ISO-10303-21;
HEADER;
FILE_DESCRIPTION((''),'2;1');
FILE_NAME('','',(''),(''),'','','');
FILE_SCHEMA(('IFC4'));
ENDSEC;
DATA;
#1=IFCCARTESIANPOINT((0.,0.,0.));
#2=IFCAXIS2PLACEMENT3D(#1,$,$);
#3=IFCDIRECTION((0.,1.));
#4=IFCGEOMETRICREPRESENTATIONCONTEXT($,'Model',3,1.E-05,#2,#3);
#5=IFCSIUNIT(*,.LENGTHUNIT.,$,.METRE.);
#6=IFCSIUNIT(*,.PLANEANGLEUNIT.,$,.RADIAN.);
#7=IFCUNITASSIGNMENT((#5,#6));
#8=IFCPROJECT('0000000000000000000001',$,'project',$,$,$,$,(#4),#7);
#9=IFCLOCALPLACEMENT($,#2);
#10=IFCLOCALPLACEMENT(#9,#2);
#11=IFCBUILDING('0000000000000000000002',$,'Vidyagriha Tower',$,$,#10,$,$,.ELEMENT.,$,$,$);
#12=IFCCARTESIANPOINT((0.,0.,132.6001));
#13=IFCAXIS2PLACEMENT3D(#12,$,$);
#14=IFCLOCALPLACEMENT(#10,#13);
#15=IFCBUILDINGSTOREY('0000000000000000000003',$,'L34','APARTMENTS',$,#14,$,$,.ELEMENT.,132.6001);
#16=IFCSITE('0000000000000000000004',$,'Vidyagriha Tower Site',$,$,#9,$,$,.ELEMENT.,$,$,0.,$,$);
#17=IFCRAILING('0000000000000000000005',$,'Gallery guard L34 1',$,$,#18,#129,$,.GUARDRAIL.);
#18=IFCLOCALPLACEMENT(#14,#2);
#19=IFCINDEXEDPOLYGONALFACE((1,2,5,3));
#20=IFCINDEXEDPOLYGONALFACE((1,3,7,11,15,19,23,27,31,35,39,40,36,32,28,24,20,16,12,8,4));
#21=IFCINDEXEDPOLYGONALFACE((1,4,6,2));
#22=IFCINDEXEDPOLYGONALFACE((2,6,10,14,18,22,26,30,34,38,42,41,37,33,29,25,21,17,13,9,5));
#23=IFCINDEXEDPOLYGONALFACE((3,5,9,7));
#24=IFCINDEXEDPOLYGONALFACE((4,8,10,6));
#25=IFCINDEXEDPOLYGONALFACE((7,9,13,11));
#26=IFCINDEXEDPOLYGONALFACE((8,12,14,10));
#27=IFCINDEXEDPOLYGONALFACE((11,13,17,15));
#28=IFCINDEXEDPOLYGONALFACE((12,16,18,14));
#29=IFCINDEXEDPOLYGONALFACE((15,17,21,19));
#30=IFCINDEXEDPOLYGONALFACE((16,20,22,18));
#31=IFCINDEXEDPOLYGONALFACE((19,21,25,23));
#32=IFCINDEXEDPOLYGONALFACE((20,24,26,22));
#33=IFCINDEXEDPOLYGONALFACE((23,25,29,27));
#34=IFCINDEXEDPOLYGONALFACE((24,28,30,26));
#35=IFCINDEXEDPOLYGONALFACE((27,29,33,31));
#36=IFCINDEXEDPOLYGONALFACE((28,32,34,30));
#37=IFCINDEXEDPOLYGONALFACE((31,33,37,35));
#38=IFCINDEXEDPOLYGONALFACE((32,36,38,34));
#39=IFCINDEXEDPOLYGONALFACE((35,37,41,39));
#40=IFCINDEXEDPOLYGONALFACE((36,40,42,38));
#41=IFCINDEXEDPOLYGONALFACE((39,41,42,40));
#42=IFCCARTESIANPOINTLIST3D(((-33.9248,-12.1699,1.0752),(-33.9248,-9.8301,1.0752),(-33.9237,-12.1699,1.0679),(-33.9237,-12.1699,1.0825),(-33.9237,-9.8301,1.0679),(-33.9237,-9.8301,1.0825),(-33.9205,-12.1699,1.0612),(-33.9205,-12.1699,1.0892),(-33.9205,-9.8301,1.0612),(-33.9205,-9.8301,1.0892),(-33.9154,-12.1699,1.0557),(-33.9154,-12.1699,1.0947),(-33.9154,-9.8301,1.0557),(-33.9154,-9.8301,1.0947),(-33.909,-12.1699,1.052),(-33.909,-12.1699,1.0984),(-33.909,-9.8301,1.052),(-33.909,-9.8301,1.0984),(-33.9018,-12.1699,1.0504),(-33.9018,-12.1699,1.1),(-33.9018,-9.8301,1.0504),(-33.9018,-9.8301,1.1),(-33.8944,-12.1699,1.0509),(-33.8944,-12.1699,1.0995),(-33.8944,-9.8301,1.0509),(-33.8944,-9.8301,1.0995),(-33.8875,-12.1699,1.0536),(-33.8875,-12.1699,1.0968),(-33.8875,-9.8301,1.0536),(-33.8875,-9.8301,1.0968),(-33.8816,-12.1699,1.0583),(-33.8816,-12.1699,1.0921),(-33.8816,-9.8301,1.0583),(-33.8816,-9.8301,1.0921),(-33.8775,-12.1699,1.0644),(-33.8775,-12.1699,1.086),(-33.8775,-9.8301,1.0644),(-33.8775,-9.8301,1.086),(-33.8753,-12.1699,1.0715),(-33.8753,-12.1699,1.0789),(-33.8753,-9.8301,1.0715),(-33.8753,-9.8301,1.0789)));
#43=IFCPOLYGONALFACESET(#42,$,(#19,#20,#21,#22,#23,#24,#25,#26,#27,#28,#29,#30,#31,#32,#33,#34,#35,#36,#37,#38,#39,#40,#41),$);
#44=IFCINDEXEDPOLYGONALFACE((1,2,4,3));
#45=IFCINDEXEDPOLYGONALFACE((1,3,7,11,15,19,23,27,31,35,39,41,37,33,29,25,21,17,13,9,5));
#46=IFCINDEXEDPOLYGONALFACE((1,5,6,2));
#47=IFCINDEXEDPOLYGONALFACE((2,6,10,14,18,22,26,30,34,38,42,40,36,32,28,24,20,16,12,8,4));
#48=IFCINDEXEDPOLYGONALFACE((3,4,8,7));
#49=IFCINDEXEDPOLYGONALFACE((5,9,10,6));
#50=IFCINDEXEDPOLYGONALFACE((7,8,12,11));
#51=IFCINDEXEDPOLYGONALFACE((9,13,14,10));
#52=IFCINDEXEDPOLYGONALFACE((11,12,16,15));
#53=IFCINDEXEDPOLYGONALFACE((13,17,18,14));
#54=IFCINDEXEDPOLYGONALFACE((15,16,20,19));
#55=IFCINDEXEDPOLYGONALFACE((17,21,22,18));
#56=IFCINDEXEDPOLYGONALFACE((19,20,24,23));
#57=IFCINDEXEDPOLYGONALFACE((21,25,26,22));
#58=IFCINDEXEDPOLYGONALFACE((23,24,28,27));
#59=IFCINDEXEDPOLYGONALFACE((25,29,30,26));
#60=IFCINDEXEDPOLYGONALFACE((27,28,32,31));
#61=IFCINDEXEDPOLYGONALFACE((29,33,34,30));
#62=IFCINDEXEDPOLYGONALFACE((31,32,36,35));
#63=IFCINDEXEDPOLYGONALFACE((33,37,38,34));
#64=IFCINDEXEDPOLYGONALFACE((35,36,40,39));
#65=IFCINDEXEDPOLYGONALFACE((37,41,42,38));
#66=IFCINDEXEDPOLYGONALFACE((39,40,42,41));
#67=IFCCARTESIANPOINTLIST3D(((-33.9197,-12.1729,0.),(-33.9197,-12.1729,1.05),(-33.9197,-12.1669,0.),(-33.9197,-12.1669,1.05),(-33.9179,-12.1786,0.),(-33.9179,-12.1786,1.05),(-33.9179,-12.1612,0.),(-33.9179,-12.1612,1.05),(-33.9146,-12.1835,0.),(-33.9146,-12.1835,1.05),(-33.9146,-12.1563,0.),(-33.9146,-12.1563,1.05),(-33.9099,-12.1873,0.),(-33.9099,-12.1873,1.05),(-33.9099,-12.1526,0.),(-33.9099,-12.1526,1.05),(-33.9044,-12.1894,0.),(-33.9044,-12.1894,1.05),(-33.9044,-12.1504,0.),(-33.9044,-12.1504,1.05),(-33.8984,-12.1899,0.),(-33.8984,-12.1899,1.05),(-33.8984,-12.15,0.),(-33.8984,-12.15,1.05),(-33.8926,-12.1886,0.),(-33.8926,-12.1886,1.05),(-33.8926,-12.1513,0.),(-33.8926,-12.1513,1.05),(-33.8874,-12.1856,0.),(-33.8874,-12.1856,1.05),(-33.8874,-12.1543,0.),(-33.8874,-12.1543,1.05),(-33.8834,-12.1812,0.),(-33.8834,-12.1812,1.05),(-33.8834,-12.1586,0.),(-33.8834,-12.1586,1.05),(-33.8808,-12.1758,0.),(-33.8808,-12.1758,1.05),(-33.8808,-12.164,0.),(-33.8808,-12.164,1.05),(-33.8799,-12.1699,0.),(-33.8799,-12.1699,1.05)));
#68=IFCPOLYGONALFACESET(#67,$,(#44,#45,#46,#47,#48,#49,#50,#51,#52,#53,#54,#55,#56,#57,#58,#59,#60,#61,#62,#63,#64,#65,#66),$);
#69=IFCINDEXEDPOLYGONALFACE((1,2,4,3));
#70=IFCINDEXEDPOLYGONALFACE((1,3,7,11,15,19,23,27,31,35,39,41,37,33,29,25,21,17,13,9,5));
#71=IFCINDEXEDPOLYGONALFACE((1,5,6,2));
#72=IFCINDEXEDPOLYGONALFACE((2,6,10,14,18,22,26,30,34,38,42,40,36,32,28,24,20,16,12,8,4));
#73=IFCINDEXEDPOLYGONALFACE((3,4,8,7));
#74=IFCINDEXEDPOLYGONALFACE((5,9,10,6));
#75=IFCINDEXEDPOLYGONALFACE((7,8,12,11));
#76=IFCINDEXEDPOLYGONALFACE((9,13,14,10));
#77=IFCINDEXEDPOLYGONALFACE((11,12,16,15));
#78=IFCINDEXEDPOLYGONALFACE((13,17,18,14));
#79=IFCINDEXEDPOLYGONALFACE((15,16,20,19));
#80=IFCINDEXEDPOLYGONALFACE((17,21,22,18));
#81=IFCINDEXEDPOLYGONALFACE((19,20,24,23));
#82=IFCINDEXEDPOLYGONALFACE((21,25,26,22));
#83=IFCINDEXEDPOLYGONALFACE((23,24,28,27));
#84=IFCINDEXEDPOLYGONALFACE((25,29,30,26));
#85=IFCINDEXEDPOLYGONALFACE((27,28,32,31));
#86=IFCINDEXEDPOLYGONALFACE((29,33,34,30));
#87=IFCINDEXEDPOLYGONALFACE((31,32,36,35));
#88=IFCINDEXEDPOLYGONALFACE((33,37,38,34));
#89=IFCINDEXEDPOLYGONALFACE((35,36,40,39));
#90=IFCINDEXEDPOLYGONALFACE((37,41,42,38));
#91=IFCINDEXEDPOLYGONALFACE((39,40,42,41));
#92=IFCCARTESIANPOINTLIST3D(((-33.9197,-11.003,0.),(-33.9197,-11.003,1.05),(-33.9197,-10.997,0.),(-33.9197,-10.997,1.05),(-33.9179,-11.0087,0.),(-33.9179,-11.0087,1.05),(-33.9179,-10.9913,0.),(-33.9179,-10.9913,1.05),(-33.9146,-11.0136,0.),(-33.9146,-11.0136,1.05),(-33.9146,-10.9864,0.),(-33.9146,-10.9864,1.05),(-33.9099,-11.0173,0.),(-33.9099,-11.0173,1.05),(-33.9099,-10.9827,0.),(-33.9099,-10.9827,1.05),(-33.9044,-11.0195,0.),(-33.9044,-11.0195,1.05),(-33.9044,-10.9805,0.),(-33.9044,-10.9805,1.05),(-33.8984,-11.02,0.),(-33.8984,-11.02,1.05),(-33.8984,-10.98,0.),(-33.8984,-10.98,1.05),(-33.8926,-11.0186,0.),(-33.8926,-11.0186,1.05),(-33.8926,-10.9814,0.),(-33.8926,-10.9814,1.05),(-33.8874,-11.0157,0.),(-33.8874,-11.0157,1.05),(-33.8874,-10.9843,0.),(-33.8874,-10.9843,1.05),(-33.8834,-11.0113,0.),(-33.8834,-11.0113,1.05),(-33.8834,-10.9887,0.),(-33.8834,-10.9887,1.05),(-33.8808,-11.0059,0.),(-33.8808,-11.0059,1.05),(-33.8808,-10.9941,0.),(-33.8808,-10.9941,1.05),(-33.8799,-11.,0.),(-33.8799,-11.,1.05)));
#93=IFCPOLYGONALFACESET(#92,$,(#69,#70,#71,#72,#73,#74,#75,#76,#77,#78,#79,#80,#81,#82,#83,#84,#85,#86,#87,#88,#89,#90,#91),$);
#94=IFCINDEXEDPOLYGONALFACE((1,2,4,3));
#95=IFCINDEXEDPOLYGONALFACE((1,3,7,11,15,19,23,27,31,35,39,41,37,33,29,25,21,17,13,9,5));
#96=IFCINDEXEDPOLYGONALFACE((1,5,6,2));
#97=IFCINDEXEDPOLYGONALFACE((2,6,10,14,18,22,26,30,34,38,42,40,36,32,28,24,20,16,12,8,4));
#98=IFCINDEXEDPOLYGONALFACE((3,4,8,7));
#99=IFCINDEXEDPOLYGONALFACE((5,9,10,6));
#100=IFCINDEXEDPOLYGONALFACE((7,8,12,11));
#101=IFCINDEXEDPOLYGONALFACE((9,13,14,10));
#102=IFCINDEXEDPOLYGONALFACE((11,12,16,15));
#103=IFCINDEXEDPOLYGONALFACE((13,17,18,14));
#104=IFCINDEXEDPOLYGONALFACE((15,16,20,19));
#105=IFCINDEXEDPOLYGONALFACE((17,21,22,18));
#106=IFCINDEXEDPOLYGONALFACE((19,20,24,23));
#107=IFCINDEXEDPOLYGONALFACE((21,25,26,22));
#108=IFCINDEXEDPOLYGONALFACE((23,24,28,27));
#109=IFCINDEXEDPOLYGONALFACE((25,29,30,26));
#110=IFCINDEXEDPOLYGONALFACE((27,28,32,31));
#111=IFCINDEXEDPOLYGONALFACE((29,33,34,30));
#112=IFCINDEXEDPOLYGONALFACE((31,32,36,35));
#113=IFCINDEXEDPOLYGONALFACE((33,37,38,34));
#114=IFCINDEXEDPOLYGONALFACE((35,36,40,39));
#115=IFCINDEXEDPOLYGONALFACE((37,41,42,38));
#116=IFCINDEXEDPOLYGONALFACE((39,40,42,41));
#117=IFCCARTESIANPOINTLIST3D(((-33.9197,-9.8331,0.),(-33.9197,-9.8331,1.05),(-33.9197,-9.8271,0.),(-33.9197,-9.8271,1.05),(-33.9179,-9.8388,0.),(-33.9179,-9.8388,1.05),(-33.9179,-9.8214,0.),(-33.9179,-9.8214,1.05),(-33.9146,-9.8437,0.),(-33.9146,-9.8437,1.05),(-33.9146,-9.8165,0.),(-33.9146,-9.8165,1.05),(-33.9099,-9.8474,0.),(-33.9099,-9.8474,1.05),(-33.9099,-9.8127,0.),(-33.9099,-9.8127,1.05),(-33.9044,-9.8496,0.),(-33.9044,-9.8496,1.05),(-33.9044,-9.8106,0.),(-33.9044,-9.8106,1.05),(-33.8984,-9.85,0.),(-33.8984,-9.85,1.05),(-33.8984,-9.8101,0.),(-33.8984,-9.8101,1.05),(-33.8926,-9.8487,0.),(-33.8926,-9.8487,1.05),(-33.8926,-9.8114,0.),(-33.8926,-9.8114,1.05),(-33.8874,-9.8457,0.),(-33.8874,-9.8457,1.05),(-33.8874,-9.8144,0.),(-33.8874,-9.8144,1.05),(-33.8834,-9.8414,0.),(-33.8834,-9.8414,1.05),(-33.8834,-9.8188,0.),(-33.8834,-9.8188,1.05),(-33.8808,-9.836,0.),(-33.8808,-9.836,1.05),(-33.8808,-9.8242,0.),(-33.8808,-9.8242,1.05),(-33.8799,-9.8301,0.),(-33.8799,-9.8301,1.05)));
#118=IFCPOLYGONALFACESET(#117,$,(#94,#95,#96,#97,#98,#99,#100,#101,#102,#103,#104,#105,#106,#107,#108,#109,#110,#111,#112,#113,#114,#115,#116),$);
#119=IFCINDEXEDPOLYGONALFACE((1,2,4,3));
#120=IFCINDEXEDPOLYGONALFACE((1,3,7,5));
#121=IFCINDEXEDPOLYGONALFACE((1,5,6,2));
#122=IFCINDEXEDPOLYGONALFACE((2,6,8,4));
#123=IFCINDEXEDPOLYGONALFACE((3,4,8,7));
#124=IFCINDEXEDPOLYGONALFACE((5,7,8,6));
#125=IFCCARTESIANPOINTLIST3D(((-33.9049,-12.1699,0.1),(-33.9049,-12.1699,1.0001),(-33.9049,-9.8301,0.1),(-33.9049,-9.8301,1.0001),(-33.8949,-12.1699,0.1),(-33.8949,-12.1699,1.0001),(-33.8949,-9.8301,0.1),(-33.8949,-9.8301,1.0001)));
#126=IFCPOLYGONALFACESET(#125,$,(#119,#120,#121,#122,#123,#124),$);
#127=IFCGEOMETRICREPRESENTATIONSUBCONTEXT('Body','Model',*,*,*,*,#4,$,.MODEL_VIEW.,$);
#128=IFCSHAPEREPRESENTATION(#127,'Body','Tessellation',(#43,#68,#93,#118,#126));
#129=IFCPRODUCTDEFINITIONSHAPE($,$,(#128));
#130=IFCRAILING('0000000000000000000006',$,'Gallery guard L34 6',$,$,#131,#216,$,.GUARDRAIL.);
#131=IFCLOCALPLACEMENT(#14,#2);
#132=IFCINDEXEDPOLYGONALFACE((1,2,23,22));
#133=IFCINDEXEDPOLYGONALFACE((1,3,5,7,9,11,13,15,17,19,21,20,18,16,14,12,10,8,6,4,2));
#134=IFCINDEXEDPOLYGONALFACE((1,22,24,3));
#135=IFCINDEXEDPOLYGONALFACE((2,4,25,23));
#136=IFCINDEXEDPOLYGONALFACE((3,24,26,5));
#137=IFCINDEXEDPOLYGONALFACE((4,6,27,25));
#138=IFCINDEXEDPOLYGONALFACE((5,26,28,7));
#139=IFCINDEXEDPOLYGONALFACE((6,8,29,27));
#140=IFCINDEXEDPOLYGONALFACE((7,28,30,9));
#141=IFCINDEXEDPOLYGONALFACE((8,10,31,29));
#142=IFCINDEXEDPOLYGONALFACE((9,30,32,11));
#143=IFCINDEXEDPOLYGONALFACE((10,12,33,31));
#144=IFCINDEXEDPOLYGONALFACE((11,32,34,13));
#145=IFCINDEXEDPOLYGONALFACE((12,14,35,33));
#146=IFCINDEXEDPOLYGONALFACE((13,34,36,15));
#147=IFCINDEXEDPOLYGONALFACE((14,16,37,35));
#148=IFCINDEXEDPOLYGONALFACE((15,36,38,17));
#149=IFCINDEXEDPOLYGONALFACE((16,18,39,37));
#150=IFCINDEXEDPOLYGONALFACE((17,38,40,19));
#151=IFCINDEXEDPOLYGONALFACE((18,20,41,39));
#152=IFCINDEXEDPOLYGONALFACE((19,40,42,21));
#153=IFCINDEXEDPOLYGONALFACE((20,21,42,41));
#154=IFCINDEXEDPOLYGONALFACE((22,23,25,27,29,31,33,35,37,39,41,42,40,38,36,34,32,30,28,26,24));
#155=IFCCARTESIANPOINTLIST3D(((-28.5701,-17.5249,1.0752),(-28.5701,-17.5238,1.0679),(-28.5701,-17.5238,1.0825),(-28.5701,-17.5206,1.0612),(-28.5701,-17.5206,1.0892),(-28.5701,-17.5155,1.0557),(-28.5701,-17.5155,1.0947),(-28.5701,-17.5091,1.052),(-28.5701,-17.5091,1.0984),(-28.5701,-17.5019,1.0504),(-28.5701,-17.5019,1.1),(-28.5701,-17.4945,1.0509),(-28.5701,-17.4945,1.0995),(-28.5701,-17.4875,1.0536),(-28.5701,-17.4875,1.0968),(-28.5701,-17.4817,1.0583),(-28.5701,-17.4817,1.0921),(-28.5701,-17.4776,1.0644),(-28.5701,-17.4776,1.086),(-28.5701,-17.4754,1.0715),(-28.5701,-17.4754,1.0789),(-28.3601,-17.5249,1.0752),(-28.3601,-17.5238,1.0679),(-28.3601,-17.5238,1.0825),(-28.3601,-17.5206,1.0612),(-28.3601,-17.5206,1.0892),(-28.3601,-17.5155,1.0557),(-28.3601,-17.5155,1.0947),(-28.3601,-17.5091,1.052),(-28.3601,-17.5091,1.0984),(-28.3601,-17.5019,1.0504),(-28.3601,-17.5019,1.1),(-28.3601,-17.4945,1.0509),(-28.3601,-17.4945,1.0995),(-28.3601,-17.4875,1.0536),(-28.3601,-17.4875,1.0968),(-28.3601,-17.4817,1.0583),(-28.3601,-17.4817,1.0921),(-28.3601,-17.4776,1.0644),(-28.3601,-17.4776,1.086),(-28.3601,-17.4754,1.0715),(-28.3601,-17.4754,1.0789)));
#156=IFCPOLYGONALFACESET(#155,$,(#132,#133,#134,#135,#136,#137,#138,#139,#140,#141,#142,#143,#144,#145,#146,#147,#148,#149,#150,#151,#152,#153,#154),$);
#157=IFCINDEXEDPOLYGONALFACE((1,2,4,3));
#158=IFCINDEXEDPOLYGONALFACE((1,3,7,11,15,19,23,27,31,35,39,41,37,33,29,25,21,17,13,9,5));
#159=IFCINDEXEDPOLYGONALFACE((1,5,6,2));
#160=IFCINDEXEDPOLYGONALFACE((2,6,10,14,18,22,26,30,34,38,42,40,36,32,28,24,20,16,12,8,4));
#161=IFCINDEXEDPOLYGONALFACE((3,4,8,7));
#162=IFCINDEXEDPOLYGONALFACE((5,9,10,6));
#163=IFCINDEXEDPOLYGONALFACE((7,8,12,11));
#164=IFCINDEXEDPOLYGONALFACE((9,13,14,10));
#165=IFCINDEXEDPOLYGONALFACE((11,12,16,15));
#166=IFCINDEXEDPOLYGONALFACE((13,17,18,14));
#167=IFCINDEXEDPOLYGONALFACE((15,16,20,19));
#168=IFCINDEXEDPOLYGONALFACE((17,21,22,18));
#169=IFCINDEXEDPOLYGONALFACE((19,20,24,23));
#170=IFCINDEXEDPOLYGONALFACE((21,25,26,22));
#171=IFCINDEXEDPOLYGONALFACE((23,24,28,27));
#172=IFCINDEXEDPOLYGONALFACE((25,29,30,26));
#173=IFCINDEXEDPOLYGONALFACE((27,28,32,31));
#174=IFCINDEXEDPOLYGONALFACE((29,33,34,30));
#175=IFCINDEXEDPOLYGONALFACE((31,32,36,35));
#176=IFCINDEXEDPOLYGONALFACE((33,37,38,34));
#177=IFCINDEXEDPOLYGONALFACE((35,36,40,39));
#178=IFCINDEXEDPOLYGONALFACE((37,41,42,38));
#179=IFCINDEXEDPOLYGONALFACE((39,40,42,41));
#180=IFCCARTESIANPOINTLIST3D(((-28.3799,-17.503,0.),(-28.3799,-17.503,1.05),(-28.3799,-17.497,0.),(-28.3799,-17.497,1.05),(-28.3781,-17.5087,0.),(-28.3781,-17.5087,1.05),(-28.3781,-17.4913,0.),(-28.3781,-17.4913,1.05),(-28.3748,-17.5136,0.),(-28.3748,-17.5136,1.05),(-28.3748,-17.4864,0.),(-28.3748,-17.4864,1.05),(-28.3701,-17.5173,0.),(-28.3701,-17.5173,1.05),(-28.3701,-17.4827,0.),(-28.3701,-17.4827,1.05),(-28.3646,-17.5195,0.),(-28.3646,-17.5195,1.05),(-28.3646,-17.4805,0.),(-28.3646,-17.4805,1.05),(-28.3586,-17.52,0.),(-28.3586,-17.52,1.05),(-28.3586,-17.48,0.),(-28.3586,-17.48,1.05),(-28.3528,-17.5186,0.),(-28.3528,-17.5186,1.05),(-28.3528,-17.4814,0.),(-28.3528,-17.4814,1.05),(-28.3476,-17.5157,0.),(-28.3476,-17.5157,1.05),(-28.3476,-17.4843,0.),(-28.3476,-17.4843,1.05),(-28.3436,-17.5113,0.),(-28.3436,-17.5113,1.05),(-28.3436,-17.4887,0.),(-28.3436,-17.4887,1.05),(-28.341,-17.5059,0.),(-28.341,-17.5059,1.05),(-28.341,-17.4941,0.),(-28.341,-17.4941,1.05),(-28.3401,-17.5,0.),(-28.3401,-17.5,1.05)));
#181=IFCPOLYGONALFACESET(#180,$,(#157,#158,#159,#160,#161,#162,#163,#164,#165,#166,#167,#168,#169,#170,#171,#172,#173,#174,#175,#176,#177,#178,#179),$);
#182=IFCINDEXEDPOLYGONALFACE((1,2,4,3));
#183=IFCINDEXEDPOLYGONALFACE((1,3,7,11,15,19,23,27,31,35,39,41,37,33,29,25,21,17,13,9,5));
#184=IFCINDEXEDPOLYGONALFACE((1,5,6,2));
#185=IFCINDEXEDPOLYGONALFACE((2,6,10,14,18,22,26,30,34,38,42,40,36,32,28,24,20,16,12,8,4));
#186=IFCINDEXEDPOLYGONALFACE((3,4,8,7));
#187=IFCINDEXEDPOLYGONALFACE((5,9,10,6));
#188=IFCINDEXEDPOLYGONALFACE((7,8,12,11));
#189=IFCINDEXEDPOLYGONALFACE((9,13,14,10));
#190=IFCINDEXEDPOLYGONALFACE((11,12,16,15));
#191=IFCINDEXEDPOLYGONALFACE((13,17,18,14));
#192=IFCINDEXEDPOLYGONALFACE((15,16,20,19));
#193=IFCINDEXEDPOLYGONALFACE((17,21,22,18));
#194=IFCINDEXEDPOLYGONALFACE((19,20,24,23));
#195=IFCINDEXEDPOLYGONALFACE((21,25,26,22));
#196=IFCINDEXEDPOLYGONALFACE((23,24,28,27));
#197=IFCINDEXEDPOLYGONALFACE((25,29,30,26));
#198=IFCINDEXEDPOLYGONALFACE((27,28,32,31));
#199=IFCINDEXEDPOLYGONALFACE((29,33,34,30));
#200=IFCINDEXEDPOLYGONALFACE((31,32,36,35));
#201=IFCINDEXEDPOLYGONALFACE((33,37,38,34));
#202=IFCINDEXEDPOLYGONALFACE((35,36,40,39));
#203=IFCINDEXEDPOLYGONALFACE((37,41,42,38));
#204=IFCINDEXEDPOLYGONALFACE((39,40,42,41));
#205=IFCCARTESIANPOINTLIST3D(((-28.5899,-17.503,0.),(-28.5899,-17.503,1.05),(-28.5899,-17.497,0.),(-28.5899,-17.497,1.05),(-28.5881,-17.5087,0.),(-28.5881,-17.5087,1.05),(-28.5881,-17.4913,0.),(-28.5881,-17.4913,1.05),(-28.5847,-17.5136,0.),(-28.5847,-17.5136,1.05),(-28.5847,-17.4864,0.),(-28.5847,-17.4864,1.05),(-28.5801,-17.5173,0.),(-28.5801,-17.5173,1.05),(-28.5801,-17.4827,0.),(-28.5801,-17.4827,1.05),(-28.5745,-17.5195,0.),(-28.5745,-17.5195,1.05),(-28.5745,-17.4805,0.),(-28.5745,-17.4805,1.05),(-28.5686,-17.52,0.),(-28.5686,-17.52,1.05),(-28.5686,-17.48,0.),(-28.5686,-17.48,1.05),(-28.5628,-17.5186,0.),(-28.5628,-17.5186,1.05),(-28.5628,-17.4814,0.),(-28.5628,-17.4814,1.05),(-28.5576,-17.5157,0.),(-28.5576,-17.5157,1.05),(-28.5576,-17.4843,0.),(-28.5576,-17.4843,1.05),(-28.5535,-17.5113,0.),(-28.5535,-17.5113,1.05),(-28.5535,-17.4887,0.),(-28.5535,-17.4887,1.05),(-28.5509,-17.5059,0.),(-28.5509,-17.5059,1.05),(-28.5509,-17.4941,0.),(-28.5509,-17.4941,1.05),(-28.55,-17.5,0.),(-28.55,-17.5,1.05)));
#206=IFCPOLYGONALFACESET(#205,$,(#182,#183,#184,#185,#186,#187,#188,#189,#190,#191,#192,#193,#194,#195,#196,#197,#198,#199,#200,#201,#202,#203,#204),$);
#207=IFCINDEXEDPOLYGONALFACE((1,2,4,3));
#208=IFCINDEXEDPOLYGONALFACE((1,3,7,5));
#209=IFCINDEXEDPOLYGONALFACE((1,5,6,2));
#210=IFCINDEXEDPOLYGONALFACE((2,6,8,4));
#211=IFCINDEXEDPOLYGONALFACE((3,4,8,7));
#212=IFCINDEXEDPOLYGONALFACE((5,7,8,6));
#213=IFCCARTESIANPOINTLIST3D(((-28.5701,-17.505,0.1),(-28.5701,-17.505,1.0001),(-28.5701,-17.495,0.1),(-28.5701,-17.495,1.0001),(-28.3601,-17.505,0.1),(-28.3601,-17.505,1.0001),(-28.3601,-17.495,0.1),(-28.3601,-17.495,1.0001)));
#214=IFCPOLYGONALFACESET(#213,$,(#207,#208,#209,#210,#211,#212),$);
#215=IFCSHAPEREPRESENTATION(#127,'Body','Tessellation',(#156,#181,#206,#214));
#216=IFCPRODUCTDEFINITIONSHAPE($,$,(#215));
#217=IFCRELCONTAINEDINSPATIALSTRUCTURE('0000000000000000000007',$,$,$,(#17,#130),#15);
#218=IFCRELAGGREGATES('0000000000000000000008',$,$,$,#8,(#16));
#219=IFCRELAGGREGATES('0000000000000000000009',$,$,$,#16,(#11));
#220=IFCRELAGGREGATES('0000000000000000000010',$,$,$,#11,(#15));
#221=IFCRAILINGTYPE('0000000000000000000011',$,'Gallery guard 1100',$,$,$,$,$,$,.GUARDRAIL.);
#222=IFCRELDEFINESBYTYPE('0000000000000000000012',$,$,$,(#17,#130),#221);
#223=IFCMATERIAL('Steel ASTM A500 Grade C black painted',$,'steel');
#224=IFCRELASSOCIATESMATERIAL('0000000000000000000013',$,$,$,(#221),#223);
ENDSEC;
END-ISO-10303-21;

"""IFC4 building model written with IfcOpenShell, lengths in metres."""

from ifc_helpers import new_model, si_unit, direction, frame, origin, origin_2d, place, context, subcontext, project, spatial, rectangle, circle, extrude, material, type_object, element, save


model = new_model("IFC4")

# Units and contexts
model_context = context("Model", 3, precision=1e-05, world=origin(), true_north=direction((0.0, 1.0)))
body_context = subcontext(model_context, "Body", "Model", "MODEL_VIEW")
ifc_project = project(units=[si_unit("LENGTHUNIT", "METRE"), si_unit("PLANEANGLEUNIT", "RADIAN")], contexts=[model_context])

# Site, building, storey
site_placement = place(None, origin())
site = spatial("IfcSite", under=ifc_project, at=site_placement, Name="Vidyagriha Tower Site", CompositionType="ELEMENT", RefElevation=0.0)
building_placement = place(site_placement, origin())
building = spatial("IfcBuilding", under=site, at=building_placement, Name="Vidyagriha Tower", CompositionType="ELEMENT")
storey_placement = place(building_placement, frame((0.0, 0.0, 132.6001)))
storey = spatial("IfcBuildingStorey", under=building, at=storey_placement, Name="L34", Description="APARTMENTS", CompositionType="ELEMENT", Elevation=132.6001)

# Railings
ifc_material_1 = material(Name="Steel ASTM A500 Grade C black painted", Category="steel")
railing_type_1 = type_object("IfcRailingType", Name="Gallery guard 1100", PredefinedType="GUARDRAIL", material=ifc_material_1)
railing_1_placement = place(storey_placement, frame((-33.8999, -12.1699, 0.0)))
element("IfcRailing", 1, at=railing_1_placement, inside=storey, type_object=railing_type_1, Name="Gallery guard L34 1", PredefinedType="GUARDRAIL", context=body_context, shape_type="SweptSolid", body=[
    extrude(circle(Radius=0.0249, at=origin_2d()), frame((0.0, 0.0, 1.0752), z_axis=(0.0, 1.0, 0.0), x_axis=(-1.0, 0.0, 0.0)), (0.0, 0.0, 1.0), 2.3398),
    extrude(circle(Radius=0.02, at=origin_2d()), origin(), (0.0, 0.0, 1.0), 1.05),
    extrude(circle(Radius=0.02, at=origin_2d()), frame((0.0, 1.1699, 0.0)), (0.0, 0.0, 1.0), 1.05),
    extrude(circle(Radius=0.02, at=origin_2d()), frame((0.0, 2.3398, 0.0)), (0.0, 0.0, 1.0), 1.05),
    extrude(rectangle(XDim=0.01, YDim=0.9001, at=origin_2d()), frame((0.0, 0.0, 0.55), z_axis=(0.0, 1.0, 0.0), x_axis=(-1.0, 0.0, 0.0)), (0.0, 0.0, 1.0), 2.3398),
])
railing_2_placement = place(storey_placement, frame((-28.3601, -17.5, 0.0)))
element("IfcRailing", 2, at=railing_2_placement, inside=storey, type_object=railing_type_1, Name="Gallery guard L34 6", PredefinedType="GUARDRAIL", context=body_context, shape_type="SweptSolid", body=[
    extrude(circle(Radius=0.0249, at=origin_2d()), frame((0.0, 0.0, 1.0752), z_axis=(-1.0, 0.0, 0.0), x_axis=(0.0, -1.0, 0.0)), (0.0, 0.0, 1.0), 0.21),
    extrude(circle(Radius=0.02, at=origin_2d()), origin(), (0.0, 0.0, 1.0), 1.05),
    extrude(circle(Radius=0.02, at=origin_2d()), frame((-0.21, 0.0, 0.0)), (0.0, 0.0, 1.0), 1.05),
    extrude(rectangle(XDim=0.01, YDim=0.9001, at=origin_2d()), frame((0.0, 0.0, 0.55), z_axis=(-1.0, 0.0, 0.0), x_axis=(0.0, -1.0, 0.0)), (0.0, 0.0, 1.0), 0.21),
])

save(model, "model.ifc")
